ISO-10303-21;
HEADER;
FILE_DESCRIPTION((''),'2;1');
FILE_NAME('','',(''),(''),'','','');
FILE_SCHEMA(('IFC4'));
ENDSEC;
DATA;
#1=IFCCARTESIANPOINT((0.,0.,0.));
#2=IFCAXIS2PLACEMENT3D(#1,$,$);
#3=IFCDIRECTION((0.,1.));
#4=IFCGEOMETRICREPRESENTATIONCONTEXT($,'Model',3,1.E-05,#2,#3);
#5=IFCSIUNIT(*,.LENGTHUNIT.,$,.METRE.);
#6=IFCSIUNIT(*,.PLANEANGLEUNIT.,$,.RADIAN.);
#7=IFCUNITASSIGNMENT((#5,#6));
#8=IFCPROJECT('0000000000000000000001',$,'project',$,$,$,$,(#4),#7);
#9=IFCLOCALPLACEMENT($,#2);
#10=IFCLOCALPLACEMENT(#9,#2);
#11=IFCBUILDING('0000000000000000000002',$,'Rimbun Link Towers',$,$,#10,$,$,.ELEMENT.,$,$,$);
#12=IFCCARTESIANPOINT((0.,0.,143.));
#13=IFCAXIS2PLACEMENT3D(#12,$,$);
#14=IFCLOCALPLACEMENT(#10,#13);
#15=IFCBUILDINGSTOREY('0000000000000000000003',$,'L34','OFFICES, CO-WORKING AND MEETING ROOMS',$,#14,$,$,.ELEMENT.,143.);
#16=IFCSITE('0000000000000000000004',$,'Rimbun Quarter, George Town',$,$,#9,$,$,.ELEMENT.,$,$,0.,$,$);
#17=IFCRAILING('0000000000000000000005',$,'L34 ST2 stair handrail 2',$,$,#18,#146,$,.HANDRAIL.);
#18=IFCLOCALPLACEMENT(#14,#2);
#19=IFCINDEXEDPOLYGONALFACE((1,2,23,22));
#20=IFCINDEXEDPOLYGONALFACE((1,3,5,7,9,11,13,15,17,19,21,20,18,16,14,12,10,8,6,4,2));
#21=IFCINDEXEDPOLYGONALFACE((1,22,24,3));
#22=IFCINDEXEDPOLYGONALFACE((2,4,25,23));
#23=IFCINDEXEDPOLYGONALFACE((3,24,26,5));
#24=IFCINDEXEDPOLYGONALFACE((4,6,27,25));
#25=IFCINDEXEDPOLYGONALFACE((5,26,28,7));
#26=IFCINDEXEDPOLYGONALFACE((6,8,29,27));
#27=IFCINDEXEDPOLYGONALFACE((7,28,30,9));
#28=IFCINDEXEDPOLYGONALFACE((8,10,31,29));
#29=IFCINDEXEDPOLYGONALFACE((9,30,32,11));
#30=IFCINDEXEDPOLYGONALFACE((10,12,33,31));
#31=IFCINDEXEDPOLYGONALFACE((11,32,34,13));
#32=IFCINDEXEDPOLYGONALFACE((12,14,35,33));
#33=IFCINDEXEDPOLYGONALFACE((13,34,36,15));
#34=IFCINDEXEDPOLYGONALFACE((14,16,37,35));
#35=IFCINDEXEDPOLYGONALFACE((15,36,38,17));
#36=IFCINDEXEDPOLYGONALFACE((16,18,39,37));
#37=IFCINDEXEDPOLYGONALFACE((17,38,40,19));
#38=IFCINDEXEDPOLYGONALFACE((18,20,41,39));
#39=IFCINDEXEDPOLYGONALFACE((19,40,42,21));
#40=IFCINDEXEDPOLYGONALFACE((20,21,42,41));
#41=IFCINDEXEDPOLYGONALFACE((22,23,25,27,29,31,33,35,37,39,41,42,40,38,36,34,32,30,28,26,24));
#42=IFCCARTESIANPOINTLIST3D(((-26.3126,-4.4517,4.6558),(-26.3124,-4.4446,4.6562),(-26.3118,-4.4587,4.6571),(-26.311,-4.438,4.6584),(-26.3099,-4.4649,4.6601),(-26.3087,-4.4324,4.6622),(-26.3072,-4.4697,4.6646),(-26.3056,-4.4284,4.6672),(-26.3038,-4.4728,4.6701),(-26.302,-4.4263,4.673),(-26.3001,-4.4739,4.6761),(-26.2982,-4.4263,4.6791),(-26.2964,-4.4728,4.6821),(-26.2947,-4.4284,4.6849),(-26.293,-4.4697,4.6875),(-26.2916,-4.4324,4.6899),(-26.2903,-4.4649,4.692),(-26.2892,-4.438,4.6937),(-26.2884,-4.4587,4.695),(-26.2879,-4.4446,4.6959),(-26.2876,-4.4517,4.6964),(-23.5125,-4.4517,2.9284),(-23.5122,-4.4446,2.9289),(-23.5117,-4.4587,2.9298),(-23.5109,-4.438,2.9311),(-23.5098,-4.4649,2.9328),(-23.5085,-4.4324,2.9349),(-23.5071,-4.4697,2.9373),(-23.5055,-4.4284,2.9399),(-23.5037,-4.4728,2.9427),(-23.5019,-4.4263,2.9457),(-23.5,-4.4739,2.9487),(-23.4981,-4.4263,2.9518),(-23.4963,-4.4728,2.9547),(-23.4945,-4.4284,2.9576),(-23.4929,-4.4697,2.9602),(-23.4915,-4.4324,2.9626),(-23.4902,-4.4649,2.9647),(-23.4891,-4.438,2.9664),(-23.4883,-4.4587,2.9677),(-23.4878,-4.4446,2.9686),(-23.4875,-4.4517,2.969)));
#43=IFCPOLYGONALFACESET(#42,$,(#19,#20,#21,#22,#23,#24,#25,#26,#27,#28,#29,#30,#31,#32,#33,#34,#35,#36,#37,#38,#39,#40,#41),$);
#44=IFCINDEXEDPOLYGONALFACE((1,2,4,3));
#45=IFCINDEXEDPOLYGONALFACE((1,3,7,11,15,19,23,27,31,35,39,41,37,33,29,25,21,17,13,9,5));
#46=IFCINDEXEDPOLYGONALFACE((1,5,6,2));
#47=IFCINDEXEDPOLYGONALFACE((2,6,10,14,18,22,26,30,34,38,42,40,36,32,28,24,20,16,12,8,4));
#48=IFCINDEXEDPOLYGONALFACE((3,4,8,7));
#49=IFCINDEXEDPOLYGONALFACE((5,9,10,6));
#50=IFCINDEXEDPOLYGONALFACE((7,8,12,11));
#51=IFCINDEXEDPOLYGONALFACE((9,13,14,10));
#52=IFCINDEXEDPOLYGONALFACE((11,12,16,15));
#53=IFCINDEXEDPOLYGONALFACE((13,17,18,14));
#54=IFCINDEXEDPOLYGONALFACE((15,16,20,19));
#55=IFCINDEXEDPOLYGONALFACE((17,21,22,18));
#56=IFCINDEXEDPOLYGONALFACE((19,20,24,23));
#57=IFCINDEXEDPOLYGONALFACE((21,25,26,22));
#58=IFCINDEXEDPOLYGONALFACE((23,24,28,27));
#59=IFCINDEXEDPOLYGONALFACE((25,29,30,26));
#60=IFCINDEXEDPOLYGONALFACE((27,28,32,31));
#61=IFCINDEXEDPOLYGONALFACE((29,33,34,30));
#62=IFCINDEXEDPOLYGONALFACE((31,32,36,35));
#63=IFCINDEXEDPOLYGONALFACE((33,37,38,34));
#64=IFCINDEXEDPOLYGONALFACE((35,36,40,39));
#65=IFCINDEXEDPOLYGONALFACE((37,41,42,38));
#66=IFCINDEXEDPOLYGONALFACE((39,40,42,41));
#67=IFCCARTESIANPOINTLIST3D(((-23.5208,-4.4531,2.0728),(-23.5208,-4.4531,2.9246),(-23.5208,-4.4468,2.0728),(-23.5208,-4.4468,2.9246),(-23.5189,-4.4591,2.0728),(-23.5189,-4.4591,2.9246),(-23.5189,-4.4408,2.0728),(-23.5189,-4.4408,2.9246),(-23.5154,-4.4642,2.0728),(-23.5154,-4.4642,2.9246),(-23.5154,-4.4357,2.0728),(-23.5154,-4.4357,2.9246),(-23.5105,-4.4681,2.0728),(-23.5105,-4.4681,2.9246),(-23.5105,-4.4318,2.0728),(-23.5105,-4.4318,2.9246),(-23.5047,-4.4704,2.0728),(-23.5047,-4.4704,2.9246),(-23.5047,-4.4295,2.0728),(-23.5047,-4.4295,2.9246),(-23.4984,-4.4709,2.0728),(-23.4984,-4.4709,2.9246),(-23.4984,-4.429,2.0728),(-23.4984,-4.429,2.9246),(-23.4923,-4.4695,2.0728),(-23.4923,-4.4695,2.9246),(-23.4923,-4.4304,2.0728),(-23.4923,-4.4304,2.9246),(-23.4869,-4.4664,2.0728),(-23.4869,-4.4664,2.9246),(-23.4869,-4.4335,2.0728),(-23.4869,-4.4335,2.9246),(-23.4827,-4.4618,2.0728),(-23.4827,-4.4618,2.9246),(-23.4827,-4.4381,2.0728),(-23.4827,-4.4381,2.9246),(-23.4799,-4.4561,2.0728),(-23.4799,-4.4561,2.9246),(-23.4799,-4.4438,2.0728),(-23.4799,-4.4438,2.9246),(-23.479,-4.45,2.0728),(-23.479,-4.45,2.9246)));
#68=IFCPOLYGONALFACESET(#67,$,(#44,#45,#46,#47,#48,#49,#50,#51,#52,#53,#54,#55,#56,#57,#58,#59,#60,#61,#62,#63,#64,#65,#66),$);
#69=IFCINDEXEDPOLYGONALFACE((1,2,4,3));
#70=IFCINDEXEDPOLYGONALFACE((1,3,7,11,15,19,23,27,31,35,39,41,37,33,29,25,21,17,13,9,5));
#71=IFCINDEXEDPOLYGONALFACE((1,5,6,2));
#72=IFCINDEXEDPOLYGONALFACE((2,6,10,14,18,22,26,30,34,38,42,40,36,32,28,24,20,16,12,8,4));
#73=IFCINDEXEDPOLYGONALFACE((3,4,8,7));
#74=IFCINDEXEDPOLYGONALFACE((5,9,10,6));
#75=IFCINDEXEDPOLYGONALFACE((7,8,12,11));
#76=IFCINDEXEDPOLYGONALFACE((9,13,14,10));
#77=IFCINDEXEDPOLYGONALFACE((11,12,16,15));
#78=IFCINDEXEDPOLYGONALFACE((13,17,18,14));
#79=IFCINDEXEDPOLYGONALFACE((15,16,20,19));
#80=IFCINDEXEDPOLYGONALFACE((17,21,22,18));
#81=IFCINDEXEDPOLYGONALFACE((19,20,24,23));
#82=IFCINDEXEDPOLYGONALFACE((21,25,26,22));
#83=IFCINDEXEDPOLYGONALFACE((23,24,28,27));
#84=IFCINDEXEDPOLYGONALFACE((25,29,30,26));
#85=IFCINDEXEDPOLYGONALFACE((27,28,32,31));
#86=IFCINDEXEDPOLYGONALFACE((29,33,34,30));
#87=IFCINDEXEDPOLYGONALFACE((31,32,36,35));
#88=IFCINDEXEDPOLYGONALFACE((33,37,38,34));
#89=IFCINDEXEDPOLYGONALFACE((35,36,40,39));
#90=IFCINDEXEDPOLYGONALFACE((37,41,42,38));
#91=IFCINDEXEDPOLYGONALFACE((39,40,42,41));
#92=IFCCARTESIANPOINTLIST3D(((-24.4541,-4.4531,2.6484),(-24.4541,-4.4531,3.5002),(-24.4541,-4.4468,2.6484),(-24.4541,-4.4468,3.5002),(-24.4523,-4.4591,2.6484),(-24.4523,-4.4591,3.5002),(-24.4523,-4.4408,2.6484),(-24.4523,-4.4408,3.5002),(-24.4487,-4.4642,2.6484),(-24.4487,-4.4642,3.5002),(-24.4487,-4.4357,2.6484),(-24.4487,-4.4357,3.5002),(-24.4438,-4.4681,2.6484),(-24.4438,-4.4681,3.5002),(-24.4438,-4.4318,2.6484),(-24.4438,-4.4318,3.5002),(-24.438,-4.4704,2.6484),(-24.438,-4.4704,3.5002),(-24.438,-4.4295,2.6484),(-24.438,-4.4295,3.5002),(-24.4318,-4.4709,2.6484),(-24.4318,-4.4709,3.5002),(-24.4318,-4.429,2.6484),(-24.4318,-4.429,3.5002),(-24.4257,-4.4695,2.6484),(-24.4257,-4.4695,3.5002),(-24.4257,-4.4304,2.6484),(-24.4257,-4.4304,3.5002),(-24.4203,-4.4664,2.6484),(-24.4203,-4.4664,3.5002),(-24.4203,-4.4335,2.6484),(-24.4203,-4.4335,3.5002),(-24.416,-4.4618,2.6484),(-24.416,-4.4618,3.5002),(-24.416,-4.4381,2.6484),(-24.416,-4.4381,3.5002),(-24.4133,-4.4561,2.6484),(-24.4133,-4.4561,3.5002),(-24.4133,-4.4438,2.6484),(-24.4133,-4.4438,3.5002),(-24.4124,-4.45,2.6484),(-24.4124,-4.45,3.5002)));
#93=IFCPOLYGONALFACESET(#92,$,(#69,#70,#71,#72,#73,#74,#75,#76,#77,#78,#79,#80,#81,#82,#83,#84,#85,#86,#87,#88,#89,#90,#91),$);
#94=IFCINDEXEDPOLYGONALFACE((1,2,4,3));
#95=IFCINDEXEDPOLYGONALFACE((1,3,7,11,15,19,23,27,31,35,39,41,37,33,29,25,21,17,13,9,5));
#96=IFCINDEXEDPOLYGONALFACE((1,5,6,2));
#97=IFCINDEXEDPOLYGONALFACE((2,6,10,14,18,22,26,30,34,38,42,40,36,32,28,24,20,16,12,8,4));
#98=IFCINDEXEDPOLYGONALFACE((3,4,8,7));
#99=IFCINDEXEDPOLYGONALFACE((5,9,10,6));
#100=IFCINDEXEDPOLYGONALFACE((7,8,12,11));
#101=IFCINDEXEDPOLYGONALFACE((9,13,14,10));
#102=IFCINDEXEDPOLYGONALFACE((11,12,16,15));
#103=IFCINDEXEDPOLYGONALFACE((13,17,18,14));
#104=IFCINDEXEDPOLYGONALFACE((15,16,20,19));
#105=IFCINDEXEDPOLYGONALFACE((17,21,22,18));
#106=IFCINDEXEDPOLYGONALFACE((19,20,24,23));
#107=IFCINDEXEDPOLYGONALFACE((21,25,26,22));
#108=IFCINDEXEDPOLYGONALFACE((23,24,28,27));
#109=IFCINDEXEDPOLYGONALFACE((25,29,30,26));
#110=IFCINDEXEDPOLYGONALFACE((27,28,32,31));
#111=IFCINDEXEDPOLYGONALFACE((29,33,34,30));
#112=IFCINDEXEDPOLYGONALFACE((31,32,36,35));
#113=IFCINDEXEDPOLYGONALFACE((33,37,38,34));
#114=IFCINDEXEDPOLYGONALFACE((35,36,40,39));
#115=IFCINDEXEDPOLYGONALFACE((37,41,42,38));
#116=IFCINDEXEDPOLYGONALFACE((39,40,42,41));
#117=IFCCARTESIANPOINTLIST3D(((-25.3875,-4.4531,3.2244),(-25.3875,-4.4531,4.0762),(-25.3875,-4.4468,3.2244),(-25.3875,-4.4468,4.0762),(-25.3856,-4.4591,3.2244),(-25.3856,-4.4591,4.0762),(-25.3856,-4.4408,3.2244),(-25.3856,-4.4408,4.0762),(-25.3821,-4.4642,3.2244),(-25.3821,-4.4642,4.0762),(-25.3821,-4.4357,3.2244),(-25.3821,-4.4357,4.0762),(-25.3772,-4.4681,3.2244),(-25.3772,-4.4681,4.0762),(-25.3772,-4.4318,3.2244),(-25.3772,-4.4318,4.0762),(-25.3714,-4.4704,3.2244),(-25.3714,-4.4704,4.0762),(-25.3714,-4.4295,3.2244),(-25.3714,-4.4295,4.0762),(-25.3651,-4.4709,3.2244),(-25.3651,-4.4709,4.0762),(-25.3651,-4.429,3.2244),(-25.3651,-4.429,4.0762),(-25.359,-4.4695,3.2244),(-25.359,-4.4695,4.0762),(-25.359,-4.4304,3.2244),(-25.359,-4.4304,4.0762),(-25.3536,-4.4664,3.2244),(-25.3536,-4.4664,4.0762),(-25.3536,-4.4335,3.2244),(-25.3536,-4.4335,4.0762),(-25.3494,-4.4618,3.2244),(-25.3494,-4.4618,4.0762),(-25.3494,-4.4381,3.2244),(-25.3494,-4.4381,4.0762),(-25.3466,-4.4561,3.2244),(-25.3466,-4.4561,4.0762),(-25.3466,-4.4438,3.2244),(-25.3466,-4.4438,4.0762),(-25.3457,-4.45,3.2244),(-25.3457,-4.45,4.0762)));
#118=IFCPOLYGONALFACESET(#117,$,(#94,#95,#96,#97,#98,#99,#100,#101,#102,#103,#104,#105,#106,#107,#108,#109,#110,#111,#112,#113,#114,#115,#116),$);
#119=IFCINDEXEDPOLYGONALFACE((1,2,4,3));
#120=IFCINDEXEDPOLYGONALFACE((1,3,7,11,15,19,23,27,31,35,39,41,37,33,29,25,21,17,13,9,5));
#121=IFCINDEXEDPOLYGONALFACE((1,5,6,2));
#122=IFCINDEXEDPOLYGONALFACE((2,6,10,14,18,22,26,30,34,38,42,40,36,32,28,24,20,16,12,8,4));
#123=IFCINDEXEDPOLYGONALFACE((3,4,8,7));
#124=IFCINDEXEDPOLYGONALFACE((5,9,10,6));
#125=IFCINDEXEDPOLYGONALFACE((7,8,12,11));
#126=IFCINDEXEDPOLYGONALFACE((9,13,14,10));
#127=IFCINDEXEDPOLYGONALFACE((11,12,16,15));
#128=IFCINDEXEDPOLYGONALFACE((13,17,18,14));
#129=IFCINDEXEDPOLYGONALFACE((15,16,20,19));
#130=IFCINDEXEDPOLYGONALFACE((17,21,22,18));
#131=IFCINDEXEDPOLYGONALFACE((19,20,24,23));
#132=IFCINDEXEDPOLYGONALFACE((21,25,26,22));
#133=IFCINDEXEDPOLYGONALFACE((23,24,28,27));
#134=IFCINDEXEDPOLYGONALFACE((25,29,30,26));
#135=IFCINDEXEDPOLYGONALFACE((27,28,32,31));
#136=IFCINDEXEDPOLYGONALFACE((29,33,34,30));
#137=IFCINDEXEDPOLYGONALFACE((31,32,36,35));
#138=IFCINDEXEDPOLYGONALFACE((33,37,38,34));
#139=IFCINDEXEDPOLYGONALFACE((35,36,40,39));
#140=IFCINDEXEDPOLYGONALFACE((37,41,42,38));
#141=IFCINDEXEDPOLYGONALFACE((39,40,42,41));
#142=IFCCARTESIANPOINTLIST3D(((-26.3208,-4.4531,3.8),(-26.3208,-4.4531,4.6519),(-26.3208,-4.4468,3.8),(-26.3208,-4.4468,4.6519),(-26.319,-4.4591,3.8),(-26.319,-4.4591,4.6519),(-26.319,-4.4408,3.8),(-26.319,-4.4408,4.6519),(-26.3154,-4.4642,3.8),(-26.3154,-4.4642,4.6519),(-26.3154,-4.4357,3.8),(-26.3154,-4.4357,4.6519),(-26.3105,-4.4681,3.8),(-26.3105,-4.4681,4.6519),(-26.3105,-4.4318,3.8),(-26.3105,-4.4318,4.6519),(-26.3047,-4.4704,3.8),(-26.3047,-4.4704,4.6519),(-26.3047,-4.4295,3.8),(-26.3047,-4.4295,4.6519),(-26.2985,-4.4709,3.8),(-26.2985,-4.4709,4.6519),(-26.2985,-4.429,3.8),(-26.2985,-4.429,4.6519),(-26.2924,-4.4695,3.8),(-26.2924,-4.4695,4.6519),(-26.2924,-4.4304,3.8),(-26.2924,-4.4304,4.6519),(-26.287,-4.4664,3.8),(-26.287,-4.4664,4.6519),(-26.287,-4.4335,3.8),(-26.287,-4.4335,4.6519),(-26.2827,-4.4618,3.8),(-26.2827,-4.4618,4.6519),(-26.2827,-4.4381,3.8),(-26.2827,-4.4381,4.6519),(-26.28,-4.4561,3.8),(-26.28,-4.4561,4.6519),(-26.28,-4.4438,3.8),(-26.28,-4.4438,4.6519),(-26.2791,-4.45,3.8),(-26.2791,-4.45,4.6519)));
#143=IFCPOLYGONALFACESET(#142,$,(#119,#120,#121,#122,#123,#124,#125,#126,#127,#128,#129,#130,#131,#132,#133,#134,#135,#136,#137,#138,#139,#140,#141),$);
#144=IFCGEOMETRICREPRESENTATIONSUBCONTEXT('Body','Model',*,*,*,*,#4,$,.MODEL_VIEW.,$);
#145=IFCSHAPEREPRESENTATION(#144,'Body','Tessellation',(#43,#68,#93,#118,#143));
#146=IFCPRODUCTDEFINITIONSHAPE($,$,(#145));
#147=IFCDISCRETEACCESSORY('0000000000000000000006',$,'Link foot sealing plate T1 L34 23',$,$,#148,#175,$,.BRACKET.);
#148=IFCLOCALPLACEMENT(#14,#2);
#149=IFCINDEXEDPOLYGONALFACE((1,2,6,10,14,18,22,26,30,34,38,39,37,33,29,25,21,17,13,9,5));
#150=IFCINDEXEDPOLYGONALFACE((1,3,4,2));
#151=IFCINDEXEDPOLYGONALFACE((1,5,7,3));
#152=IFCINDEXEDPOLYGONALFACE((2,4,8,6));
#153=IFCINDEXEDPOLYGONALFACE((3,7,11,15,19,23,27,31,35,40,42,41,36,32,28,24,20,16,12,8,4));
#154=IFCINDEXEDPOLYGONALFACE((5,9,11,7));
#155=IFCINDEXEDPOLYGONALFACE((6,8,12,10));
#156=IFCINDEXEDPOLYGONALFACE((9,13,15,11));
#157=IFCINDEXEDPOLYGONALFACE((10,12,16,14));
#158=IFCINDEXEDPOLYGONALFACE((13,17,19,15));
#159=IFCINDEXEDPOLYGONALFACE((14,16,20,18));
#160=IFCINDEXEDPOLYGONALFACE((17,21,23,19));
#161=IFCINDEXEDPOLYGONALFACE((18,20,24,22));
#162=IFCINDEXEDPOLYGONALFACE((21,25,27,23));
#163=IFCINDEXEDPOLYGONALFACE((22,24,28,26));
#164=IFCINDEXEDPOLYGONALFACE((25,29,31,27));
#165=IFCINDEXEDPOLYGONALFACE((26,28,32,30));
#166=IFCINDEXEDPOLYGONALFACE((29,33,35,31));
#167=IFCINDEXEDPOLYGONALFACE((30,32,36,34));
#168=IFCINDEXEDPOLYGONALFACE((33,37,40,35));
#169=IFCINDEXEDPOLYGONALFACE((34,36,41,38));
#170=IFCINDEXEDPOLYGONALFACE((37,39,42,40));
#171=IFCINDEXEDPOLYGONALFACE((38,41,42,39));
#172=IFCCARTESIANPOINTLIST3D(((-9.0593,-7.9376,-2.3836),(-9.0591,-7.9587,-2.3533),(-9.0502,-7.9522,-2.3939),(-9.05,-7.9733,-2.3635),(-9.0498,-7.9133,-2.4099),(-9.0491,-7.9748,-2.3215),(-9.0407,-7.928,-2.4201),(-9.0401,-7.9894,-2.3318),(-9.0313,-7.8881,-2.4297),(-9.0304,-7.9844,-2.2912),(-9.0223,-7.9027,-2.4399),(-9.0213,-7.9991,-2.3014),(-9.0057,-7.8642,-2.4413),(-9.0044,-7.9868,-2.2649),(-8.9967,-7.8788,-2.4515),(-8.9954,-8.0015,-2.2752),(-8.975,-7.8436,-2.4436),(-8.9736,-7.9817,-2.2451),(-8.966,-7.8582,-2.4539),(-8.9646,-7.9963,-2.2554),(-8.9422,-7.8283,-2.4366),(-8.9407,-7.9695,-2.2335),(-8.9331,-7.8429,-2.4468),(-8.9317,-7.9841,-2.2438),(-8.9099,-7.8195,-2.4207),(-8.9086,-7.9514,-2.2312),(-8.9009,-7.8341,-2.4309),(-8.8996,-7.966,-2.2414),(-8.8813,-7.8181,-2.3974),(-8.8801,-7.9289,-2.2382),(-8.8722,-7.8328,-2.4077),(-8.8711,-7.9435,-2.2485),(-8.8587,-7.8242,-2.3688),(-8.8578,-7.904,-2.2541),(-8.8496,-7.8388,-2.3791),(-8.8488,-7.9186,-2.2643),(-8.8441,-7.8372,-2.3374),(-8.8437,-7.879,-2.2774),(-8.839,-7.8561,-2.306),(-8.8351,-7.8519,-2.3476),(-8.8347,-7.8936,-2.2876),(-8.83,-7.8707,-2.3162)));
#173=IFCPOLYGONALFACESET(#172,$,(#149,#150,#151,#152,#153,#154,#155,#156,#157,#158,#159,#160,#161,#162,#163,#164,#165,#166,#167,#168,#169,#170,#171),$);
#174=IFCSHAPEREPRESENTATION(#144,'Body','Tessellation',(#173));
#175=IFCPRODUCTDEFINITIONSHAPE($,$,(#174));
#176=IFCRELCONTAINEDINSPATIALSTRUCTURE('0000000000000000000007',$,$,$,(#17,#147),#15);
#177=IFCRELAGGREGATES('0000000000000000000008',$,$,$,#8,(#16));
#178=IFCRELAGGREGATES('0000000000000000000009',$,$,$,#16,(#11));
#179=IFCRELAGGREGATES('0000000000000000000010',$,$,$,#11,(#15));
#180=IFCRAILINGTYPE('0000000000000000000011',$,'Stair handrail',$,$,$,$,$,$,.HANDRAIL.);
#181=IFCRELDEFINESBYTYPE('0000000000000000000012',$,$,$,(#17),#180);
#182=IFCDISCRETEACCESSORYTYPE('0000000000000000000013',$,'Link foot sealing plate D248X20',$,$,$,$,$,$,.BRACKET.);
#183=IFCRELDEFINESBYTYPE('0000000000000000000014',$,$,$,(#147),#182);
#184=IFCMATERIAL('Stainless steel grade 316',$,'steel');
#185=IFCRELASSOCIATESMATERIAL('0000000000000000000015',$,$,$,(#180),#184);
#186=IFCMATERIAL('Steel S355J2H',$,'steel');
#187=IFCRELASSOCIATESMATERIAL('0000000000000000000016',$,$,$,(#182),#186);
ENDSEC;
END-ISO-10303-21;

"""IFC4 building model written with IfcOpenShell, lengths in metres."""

from ifc_helpers import new_model, si_unit, direction, frame, origin, origin_2d, place, context, subcontext, project, spatial, circle, extrude, material, material_profile, profile_set, type_object, element, save


model = new_model("IFC4")

# Units and contexts
model_context = context("Model", 3, precision=1e-05, world=origin(), true_north=direction((0.0, 1.0)))
body_context = subcontext(model_context, "Body", "Model", "MODEL_VIEW")
ifc_project = project(units=[si_unit("LENGTHUNIT", "METRE"), si_unit("PLANEANGLEUNIT", "RADIAN")], contexts=[model_context])

# Site, building, storey
site_placement = place(None, origin())
site = spatial("IfcSite", under=ifc_project, at=site_placement, Name="Rimbun Quarter, George Town", CompositionType="ELEMENT", RefElevation=0.0)
building_placement = place(site_placement, origin())
building = spatial("IfcBuilding", under=site, at=building_placement, Name="Rimbun Link Towers", CompositionType="ELEMENT")
storey_placement = place(building_placement, frame((0.0, 0.0, 143.0)))
storey = spatial("IfcBuildingStorey", under=building, at=storey_placement, Name="L34", Description="OFFICES, CO-WORKING AND MEETING ROOMS", CompositionType="ELEMENT", Elevation=143.0)

# Railing
ifc_material_1 = material(Name="Stainless steel grade 316", Category="steel")
railing_type_1 = type_object("IfcRailingType", Name="Stair handrail", PredefinedType="HANDRAIL", material=ifc_material_1)
railing_1_placement = place(storey_placement, frame((-23.5, -4.45, 2.0728)))
element("IfcRailing", 1, at=railing_1_placement, inside=storey, type_object=railing_type_1, Name="L34 ST2 stair handrail 2", PredefinedType="HANDRAIL", context=body_context, shape_type="SweptSolid", body=[
    extrude(circle(Radius=0.0239, at=origin_2d()), frame((0.0, 0.0, 0.876), z_axis=(-0.85109, 0.0, 0.52502), x_axis=(0.0, -1.0, 0.0)), (0.0, 0.0, 1.0), 3.29),
    extrude(circle(Radius=0.021, at=origin_2d()), origin(), (0.0, 0.0, 1.0), 0.8518),
    extrude(circle(Radius=0.021, at=origin_2d()), frame((-0.9333, 0.0, 0.5757)), (0.0, 0.0, 1.0), 0.8518),
    extrude(circle(Radius=0.021, at=origin_2d()), frame((-1.8667, 0.0, 1.1516)), (0.0, 0.0, 1.0), 0.8518),
    extrude(circle(Radius=0.021, at=origin_2d()), frame((-2.8, 0.0, 1.7273)), (0.0, 0.0, 1.0), 0.8518),
])

# Discrete accessory
ifc_material_2 = material(Name="Steel S355J2H", Category="steel")
ifc_material_profile_1 = material_profile(ifc_material_2, circle(Radius=0.124, at=origin_2d()), Name="PL D248")
ifc_profile_set_1 = profile_set([ifc_material_profile_1], Name="Steel S355J2H")
discrete_accessory_type = type_object("IfcDiscreteAccessoryType", Name="Link foot sealing plate D248X20", PredefinedType="BRACKET", material=ifc_profile_set_1)
discrete_accessory_placement = place(storey_placement, frame((-8.9497, -7.9023, -2.3374), z_axis=(0.450918, -0.731218, -0.511853), x_axis=(0.851171, 0.524889, 0.0)))
element("IfcDiscreteAccessory", 2, at=discrete_accessory_placement, inside=storey, type_object=discrete_accessory_type, Name="Link foot sealing plate T1 L34 23", PredefinedType="BRACKET", context=body_context, shape_type="SweptSolid", body=[
    extrude(circle(Radius=0.124, at=origin_2d()), origin(), (0.0, 0.0, 1.0), 0.02),
])

save(model, "model.ifc")
